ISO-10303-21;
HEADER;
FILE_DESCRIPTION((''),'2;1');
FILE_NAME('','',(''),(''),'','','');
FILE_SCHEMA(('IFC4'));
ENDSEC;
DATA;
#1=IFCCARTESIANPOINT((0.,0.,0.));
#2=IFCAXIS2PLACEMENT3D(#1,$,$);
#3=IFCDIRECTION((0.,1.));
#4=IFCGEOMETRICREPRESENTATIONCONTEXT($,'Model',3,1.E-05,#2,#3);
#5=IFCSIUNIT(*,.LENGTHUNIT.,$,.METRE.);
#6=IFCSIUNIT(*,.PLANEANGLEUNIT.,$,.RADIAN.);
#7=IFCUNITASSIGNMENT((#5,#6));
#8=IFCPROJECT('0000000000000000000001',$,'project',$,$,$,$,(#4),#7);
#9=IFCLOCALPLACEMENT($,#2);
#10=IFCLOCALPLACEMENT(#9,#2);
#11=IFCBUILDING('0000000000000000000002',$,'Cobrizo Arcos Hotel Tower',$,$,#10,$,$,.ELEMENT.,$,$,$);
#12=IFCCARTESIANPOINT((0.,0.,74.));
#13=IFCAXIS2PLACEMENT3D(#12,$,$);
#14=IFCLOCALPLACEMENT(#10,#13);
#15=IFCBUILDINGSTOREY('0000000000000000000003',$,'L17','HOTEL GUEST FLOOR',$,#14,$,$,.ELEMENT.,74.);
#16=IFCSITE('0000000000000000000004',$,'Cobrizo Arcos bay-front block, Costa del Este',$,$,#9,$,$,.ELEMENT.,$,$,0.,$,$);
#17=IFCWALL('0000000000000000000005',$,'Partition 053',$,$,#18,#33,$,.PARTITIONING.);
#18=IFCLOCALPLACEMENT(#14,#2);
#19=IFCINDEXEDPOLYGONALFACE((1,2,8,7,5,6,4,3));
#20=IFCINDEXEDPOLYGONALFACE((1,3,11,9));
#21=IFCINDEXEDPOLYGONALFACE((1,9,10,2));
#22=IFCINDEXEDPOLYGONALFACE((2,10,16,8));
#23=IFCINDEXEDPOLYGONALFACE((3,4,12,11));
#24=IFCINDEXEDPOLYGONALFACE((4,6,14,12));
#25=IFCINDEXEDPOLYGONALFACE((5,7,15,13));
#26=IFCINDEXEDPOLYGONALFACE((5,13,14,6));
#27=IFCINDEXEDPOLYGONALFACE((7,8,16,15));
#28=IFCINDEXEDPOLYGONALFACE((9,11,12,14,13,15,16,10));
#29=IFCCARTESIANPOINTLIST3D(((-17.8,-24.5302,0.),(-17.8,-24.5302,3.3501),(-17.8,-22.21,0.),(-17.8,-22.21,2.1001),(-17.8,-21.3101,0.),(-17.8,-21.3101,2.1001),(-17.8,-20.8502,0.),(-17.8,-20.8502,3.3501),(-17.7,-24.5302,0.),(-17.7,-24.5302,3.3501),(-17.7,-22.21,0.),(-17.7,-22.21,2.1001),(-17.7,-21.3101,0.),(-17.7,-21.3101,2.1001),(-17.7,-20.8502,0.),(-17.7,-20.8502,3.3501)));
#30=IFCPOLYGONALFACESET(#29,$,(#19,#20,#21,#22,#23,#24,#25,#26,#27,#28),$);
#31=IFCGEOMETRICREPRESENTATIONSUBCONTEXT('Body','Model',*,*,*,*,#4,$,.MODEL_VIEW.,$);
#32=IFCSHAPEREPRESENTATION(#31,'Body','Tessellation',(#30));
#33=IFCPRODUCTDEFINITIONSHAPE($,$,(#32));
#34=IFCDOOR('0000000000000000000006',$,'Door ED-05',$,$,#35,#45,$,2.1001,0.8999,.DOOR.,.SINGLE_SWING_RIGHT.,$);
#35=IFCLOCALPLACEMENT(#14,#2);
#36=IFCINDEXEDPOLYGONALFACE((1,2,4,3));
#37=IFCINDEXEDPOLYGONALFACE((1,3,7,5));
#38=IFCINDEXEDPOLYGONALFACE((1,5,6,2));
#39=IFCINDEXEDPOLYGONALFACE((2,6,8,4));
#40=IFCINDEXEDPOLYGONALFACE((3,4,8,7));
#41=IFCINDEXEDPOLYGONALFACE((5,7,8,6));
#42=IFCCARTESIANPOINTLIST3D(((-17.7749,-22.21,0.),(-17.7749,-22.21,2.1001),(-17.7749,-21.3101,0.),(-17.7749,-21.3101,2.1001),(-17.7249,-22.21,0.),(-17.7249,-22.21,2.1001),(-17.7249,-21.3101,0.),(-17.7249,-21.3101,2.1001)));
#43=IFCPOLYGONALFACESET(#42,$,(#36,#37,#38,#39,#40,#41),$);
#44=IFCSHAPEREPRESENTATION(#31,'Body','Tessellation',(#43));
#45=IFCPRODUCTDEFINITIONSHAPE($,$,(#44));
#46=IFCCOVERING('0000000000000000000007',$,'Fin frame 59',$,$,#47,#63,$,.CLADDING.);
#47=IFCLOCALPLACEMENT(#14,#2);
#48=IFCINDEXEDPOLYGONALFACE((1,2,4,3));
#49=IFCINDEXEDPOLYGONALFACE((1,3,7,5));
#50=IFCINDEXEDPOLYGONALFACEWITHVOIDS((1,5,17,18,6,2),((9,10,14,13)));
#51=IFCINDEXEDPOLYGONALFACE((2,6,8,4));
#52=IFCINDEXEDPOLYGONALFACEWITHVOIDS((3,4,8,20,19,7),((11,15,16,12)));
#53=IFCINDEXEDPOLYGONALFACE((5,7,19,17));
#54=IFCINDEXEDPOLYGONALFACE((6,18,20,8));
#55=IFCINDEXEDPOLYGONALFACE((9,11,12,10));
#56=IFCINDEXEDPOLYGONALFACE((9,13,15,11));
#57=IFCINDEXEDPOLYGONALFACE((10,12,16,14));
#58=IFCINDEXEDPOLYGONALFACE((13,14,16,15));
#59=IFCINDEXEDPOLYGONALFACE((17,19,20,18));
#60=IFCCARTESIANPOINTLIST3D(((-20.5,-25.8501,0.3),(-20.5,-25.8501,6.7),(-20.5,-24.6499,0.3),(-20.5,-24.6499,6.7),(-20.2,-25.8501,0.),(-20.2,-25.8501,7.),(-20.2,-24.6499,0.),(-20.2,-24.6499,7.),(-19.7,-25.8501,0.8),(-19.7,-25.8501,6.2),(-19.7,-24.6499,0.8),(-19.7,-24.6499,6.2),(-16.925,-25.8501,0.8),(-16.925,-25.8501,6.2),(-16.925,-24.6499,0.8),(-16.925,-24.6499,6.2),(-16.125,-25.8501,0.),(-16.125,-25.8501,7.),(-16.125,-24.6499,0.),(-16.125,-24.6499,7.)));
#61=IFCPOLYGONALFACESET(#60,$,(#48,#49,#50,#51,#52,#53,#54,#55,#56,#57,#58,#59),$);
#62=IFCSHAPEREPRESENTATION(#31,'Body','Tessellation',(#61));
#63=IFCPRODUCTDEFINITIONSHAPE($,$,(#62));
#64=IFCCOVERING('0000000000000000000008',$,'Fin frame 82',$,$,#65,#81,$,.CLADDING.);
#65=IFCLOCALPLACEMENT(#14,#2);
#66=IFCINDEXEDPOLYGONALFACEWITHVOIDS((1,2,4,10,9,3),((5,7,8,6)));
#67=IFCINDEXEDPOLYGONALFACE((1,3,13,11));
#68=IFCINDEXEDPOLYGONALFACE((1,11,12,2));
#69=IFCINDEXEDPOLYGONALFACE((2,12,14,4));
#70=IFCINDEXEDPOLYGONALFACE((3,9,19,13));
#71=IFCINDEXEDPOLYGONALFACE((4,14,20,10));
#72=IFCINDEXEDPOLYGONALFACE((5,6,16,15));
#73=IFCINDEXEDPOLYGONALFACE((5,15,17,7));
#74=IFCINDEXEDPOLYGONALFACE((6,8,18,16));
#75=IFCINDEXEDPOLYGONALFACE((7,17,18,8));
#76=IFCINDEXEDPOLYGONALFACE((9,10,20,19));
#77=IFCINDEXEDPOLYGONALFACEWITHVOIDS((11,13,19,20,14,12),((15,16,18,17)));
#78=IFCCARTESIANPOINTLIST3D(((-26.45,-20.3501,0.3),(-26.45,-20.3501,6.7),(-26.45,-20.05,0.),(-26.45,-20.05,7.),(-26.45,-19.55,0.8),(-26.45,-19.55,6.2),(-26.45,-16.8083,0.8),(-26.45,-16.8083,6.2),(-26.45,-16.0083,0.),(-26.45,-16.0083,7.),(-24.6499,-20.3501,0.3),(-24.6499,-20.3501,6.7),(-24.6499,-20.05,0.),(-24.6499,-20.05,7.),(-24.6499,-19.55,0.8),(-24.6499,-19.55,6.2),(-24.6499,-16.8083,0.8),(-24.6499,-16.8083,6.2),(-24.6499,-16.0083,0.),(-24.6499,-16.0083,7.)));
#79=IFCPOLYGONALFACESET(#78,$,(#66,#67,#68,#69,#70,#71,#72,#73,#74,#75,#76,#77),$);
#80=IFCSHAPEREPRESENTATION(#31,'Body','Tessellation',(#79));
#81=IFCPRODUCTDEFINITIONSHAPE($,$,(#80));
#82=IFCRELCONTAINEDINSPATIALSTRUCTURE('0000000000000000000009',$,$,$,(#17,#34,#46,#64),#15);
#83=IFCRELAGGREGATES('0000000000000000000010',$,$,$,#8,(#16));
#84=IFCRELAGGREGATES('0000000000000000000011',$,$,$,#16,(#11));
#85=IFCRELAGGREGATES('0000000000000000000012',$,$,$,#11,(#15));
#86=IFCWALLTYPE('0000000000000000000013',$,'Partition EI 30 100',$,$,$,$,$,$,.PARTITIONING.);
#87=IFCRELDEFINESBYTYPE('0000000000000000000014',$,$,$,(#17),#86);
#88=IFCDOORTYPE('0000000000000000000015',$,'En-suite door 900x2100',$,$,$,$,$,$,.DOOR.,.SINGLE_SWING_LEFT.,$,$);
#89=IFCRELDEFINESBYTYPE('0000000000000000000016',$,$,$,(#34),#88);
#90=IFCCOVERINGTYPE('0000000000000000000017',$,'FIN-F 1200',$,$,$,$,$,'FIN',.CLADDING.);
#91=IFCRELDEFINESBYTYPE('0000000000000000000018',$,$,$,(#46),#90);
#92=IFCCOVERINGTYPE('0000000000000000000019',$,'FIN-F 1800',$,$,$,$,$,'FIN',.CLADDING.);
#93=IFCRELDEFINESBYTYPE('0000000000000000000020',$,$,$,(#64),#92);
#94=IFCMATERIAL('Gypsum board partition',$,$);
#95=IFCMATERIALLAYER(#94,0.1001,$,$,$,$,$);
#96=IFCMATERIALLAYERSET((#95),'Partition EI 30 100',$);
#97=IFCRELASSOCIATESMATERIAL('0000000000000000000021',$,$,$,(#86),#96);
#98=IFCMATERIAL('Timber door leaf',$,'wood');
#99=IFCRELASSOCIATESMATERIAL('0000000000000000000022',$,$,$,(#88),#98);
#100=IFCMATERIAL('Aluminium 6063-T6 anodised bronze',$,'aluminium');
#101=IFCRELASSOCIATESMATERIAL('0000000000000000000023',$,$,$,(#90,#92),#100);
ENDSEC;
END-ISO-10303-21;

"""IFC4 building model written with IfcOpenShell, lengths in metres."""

from ifc_helpers import new_model, si_unit, direction, frame, frame_2d, origin, place, context, subcontext, project, spatial, polyline, rectangle, outline, extrude, material, layer, layer_set, type_object, element, fill, save


model = new_model("IFC4")

# Units and contexts
model_context = context("Model", 3, precision=1e-05, world=origin(), true_north=direction((0.0, 1.0)))
body_context = subcontext(model_context, "Body", "Model", "MODEL_VIEW")
ifc_project = project(units=[si_unit("LENGTHUNIT", "METRE"), si_unit("PLANEANGLEUNIT", "RADIAN")], contexts=[model_context])

# Site, building, storey
site_placement = place(None, origin())
site = spatial("IfcSite", under=ifc_project, at=site_placement, Name="Cobrizo Arcos bay-front block, Costa del Este", CompositionType="ELEMENT", RefElevation=0.0)
building_placement = place(site_placement, origin())
building = spatial("IfcBuilding", under=site, at=building_placement, Name="Cobrizo Arcos Hotel Tower", CompositionType="ELEMENT")
storey_placement = place(building_placement, frame((0.0, 0.0, 74.0)))
storey = spatial("IfcBuildingStorey", under=building, at=storey_placement, Name="L17", Description="HOTEL GUEST FLOOR", CompositionType="ELEMENT", Elevation=74.0)

# Shared definitions
ifc_material_1 = material(Name="Aluminium 6063-T6 anodised bronze", Category="aluminium")

# Shared definitions
ifc_material_2 = material(Name="Gypsum board partition")
ifc_layer_1 = layer(ifc_material_2, 0.1001)
ifc_layer_set_1 = layer_set([ifc_layer_1], Name="Partition EI 30 100")
wall_type = type_object("IfcWallType", Name="Partition EI 30 100", PredefinedType="PARTITIONING", material=ifc_layer_set_1)

# Wall, opening, door
ifc_material_3 = material(Name="Timber door leaf", Category="wood")
wall_1_placement = place(storey_placement, frame((-17.75, -24.53, 0.0), z_axis=(0.0, 0.0, 1.0), x_axis=(0.0, 1.0, 0.0)))
wall_1 = element("IfcWall", 1, at=wall_1_placement, inside=storey, type_object=wall_type, Name="Partition 053", PredefinedType="PARTITIONING", context=body_context, shape_type="SweptSolid", body=[
    extrude(rectangle(XDim=3.6799, YDim=0.1001, at=frame_2d((1.8398, 0.0))), origin(), (0.0, 0.0, 1.0), 3.3501),
])
opening_1_placement = place(wall_1_placement, frame((2.3201, 0.0, 0.0)))
opening_1 = element("IfcOpeningElement", 2, at=opening_1_placement, cuts=wall_1, PredefinedType="OPENING", context=body_context, shape_type="SweptSolid", body=[
    extrude(rectangle(XDim=0.8999, YDim=2.1001, at=frame_2d((0.45, 1.05))), frame((0.0, 0.062, 0.0), z_axis=(0.0, -1.0, 0.0), x_axis=(1.0, 0.0, 0.0)), (0.0, 0.0, 1.0), 0.124),
])
door_type_1 = type_object("IfcDoorType", Name="En-suite door 900x2100", OperationType="SINGLE_SWING_LEFT", PredefinedType="DOOR", material=ifc_material_3)
door_1_placement = place(opening_1_placement, origin())
door_1 = element("IfcDoor", 3, at=door_1_placement, inside=storey, type_object=door_type_1, Name="Door ED-05", OperationType="SINGLE_SWING_RIGHT", OverallHeight=2.1001, OverallWidth=0.8999, PredefinedType="DOOR", context=body_context, shape_type="SweptSolid", body=[
    extrude(rectangle(XDim=0.8999, YDim=2.1001, at=frame_2d((0.45, 1.05))), frame((0.0, 0.0249, 0.0), z_axis=(0.0, -1.0, 0.0), x_axis=(1.0, 0.0, 0.0)), (0.0, 0.0, 1.0), 0.05),
])
fill(opening_1, door_1)

# Coverings
covering_type_1 = type_object("IfcCoveringType", Name="FIN-F 1200", ElementType="FIN", PredefinedType="CLADDING", material=ifc_material_1)
covering_1_placement = place(storey_placement, frame((-20.5, -24.6499, 0.0), z_axis=(0.0, -1.0, 0.0), x_axis=(1.0, 0.0, 0.0)))
element("IfcCovering", 4, at=covering_1_placement, inside=storey, type_object=covering_type_1, Name="Fin frame 59", PredefinedType="CLADDING", context=body_context, shape_type="SweptSolid", body=[
    extrude(outline(polyline([(0.0, 0.3), (0.3, 0.0), (4.375, 0.0), (4.375, 7.0), (0.3, 7.0), (0.0, 6.7), (0.0, 0.3)]), holes=[polyline([(3.575, 0.8), (0.8, 0.8), (0.8, 6.2), (3.575, 6.2), (3.575, 0.8)])]), origin(), (0.0, 0.0, 1.0), 1.2002),
])
covering_type_2 = type_object("IfcCoveringType", Name="FIN-F 1800", ElementType="FIN", PredefinedType="CLADDING", material=ifc_material_1)
covering_2_placement = place(storey_placement, frame((-24.6499, -16.0083, 0.0), z_axis=(-1.0, 0.0, 0.0), x_axis=(0.0, -1.0, 0.0)))
element("IfcCovering", 5, at=covering_2_placement, inside=storey, type_object=covering_type_2, Name="Fin frame 82", PredefinedType="CLADDING", context=body_context, shape_type="SweptSolid", body=[
    extrude(outline(polyline([(0.0, 7.0), (0.0, 0.0), (4.0417, 0.0), (4.3418, 0.3), (4.3418, 6.7), (4.0417, 7.0), (0.0, 7.0)]), holes=[polyline([(3.5417, 0.8), (0.8, 0.8), (0.8, 6.2), (3.5417, 6.2), (3.5417, 0.8)])]), origin(), (0.0, 0.0, 1.0), 1.8),
])

save(model, "model.ifc")
